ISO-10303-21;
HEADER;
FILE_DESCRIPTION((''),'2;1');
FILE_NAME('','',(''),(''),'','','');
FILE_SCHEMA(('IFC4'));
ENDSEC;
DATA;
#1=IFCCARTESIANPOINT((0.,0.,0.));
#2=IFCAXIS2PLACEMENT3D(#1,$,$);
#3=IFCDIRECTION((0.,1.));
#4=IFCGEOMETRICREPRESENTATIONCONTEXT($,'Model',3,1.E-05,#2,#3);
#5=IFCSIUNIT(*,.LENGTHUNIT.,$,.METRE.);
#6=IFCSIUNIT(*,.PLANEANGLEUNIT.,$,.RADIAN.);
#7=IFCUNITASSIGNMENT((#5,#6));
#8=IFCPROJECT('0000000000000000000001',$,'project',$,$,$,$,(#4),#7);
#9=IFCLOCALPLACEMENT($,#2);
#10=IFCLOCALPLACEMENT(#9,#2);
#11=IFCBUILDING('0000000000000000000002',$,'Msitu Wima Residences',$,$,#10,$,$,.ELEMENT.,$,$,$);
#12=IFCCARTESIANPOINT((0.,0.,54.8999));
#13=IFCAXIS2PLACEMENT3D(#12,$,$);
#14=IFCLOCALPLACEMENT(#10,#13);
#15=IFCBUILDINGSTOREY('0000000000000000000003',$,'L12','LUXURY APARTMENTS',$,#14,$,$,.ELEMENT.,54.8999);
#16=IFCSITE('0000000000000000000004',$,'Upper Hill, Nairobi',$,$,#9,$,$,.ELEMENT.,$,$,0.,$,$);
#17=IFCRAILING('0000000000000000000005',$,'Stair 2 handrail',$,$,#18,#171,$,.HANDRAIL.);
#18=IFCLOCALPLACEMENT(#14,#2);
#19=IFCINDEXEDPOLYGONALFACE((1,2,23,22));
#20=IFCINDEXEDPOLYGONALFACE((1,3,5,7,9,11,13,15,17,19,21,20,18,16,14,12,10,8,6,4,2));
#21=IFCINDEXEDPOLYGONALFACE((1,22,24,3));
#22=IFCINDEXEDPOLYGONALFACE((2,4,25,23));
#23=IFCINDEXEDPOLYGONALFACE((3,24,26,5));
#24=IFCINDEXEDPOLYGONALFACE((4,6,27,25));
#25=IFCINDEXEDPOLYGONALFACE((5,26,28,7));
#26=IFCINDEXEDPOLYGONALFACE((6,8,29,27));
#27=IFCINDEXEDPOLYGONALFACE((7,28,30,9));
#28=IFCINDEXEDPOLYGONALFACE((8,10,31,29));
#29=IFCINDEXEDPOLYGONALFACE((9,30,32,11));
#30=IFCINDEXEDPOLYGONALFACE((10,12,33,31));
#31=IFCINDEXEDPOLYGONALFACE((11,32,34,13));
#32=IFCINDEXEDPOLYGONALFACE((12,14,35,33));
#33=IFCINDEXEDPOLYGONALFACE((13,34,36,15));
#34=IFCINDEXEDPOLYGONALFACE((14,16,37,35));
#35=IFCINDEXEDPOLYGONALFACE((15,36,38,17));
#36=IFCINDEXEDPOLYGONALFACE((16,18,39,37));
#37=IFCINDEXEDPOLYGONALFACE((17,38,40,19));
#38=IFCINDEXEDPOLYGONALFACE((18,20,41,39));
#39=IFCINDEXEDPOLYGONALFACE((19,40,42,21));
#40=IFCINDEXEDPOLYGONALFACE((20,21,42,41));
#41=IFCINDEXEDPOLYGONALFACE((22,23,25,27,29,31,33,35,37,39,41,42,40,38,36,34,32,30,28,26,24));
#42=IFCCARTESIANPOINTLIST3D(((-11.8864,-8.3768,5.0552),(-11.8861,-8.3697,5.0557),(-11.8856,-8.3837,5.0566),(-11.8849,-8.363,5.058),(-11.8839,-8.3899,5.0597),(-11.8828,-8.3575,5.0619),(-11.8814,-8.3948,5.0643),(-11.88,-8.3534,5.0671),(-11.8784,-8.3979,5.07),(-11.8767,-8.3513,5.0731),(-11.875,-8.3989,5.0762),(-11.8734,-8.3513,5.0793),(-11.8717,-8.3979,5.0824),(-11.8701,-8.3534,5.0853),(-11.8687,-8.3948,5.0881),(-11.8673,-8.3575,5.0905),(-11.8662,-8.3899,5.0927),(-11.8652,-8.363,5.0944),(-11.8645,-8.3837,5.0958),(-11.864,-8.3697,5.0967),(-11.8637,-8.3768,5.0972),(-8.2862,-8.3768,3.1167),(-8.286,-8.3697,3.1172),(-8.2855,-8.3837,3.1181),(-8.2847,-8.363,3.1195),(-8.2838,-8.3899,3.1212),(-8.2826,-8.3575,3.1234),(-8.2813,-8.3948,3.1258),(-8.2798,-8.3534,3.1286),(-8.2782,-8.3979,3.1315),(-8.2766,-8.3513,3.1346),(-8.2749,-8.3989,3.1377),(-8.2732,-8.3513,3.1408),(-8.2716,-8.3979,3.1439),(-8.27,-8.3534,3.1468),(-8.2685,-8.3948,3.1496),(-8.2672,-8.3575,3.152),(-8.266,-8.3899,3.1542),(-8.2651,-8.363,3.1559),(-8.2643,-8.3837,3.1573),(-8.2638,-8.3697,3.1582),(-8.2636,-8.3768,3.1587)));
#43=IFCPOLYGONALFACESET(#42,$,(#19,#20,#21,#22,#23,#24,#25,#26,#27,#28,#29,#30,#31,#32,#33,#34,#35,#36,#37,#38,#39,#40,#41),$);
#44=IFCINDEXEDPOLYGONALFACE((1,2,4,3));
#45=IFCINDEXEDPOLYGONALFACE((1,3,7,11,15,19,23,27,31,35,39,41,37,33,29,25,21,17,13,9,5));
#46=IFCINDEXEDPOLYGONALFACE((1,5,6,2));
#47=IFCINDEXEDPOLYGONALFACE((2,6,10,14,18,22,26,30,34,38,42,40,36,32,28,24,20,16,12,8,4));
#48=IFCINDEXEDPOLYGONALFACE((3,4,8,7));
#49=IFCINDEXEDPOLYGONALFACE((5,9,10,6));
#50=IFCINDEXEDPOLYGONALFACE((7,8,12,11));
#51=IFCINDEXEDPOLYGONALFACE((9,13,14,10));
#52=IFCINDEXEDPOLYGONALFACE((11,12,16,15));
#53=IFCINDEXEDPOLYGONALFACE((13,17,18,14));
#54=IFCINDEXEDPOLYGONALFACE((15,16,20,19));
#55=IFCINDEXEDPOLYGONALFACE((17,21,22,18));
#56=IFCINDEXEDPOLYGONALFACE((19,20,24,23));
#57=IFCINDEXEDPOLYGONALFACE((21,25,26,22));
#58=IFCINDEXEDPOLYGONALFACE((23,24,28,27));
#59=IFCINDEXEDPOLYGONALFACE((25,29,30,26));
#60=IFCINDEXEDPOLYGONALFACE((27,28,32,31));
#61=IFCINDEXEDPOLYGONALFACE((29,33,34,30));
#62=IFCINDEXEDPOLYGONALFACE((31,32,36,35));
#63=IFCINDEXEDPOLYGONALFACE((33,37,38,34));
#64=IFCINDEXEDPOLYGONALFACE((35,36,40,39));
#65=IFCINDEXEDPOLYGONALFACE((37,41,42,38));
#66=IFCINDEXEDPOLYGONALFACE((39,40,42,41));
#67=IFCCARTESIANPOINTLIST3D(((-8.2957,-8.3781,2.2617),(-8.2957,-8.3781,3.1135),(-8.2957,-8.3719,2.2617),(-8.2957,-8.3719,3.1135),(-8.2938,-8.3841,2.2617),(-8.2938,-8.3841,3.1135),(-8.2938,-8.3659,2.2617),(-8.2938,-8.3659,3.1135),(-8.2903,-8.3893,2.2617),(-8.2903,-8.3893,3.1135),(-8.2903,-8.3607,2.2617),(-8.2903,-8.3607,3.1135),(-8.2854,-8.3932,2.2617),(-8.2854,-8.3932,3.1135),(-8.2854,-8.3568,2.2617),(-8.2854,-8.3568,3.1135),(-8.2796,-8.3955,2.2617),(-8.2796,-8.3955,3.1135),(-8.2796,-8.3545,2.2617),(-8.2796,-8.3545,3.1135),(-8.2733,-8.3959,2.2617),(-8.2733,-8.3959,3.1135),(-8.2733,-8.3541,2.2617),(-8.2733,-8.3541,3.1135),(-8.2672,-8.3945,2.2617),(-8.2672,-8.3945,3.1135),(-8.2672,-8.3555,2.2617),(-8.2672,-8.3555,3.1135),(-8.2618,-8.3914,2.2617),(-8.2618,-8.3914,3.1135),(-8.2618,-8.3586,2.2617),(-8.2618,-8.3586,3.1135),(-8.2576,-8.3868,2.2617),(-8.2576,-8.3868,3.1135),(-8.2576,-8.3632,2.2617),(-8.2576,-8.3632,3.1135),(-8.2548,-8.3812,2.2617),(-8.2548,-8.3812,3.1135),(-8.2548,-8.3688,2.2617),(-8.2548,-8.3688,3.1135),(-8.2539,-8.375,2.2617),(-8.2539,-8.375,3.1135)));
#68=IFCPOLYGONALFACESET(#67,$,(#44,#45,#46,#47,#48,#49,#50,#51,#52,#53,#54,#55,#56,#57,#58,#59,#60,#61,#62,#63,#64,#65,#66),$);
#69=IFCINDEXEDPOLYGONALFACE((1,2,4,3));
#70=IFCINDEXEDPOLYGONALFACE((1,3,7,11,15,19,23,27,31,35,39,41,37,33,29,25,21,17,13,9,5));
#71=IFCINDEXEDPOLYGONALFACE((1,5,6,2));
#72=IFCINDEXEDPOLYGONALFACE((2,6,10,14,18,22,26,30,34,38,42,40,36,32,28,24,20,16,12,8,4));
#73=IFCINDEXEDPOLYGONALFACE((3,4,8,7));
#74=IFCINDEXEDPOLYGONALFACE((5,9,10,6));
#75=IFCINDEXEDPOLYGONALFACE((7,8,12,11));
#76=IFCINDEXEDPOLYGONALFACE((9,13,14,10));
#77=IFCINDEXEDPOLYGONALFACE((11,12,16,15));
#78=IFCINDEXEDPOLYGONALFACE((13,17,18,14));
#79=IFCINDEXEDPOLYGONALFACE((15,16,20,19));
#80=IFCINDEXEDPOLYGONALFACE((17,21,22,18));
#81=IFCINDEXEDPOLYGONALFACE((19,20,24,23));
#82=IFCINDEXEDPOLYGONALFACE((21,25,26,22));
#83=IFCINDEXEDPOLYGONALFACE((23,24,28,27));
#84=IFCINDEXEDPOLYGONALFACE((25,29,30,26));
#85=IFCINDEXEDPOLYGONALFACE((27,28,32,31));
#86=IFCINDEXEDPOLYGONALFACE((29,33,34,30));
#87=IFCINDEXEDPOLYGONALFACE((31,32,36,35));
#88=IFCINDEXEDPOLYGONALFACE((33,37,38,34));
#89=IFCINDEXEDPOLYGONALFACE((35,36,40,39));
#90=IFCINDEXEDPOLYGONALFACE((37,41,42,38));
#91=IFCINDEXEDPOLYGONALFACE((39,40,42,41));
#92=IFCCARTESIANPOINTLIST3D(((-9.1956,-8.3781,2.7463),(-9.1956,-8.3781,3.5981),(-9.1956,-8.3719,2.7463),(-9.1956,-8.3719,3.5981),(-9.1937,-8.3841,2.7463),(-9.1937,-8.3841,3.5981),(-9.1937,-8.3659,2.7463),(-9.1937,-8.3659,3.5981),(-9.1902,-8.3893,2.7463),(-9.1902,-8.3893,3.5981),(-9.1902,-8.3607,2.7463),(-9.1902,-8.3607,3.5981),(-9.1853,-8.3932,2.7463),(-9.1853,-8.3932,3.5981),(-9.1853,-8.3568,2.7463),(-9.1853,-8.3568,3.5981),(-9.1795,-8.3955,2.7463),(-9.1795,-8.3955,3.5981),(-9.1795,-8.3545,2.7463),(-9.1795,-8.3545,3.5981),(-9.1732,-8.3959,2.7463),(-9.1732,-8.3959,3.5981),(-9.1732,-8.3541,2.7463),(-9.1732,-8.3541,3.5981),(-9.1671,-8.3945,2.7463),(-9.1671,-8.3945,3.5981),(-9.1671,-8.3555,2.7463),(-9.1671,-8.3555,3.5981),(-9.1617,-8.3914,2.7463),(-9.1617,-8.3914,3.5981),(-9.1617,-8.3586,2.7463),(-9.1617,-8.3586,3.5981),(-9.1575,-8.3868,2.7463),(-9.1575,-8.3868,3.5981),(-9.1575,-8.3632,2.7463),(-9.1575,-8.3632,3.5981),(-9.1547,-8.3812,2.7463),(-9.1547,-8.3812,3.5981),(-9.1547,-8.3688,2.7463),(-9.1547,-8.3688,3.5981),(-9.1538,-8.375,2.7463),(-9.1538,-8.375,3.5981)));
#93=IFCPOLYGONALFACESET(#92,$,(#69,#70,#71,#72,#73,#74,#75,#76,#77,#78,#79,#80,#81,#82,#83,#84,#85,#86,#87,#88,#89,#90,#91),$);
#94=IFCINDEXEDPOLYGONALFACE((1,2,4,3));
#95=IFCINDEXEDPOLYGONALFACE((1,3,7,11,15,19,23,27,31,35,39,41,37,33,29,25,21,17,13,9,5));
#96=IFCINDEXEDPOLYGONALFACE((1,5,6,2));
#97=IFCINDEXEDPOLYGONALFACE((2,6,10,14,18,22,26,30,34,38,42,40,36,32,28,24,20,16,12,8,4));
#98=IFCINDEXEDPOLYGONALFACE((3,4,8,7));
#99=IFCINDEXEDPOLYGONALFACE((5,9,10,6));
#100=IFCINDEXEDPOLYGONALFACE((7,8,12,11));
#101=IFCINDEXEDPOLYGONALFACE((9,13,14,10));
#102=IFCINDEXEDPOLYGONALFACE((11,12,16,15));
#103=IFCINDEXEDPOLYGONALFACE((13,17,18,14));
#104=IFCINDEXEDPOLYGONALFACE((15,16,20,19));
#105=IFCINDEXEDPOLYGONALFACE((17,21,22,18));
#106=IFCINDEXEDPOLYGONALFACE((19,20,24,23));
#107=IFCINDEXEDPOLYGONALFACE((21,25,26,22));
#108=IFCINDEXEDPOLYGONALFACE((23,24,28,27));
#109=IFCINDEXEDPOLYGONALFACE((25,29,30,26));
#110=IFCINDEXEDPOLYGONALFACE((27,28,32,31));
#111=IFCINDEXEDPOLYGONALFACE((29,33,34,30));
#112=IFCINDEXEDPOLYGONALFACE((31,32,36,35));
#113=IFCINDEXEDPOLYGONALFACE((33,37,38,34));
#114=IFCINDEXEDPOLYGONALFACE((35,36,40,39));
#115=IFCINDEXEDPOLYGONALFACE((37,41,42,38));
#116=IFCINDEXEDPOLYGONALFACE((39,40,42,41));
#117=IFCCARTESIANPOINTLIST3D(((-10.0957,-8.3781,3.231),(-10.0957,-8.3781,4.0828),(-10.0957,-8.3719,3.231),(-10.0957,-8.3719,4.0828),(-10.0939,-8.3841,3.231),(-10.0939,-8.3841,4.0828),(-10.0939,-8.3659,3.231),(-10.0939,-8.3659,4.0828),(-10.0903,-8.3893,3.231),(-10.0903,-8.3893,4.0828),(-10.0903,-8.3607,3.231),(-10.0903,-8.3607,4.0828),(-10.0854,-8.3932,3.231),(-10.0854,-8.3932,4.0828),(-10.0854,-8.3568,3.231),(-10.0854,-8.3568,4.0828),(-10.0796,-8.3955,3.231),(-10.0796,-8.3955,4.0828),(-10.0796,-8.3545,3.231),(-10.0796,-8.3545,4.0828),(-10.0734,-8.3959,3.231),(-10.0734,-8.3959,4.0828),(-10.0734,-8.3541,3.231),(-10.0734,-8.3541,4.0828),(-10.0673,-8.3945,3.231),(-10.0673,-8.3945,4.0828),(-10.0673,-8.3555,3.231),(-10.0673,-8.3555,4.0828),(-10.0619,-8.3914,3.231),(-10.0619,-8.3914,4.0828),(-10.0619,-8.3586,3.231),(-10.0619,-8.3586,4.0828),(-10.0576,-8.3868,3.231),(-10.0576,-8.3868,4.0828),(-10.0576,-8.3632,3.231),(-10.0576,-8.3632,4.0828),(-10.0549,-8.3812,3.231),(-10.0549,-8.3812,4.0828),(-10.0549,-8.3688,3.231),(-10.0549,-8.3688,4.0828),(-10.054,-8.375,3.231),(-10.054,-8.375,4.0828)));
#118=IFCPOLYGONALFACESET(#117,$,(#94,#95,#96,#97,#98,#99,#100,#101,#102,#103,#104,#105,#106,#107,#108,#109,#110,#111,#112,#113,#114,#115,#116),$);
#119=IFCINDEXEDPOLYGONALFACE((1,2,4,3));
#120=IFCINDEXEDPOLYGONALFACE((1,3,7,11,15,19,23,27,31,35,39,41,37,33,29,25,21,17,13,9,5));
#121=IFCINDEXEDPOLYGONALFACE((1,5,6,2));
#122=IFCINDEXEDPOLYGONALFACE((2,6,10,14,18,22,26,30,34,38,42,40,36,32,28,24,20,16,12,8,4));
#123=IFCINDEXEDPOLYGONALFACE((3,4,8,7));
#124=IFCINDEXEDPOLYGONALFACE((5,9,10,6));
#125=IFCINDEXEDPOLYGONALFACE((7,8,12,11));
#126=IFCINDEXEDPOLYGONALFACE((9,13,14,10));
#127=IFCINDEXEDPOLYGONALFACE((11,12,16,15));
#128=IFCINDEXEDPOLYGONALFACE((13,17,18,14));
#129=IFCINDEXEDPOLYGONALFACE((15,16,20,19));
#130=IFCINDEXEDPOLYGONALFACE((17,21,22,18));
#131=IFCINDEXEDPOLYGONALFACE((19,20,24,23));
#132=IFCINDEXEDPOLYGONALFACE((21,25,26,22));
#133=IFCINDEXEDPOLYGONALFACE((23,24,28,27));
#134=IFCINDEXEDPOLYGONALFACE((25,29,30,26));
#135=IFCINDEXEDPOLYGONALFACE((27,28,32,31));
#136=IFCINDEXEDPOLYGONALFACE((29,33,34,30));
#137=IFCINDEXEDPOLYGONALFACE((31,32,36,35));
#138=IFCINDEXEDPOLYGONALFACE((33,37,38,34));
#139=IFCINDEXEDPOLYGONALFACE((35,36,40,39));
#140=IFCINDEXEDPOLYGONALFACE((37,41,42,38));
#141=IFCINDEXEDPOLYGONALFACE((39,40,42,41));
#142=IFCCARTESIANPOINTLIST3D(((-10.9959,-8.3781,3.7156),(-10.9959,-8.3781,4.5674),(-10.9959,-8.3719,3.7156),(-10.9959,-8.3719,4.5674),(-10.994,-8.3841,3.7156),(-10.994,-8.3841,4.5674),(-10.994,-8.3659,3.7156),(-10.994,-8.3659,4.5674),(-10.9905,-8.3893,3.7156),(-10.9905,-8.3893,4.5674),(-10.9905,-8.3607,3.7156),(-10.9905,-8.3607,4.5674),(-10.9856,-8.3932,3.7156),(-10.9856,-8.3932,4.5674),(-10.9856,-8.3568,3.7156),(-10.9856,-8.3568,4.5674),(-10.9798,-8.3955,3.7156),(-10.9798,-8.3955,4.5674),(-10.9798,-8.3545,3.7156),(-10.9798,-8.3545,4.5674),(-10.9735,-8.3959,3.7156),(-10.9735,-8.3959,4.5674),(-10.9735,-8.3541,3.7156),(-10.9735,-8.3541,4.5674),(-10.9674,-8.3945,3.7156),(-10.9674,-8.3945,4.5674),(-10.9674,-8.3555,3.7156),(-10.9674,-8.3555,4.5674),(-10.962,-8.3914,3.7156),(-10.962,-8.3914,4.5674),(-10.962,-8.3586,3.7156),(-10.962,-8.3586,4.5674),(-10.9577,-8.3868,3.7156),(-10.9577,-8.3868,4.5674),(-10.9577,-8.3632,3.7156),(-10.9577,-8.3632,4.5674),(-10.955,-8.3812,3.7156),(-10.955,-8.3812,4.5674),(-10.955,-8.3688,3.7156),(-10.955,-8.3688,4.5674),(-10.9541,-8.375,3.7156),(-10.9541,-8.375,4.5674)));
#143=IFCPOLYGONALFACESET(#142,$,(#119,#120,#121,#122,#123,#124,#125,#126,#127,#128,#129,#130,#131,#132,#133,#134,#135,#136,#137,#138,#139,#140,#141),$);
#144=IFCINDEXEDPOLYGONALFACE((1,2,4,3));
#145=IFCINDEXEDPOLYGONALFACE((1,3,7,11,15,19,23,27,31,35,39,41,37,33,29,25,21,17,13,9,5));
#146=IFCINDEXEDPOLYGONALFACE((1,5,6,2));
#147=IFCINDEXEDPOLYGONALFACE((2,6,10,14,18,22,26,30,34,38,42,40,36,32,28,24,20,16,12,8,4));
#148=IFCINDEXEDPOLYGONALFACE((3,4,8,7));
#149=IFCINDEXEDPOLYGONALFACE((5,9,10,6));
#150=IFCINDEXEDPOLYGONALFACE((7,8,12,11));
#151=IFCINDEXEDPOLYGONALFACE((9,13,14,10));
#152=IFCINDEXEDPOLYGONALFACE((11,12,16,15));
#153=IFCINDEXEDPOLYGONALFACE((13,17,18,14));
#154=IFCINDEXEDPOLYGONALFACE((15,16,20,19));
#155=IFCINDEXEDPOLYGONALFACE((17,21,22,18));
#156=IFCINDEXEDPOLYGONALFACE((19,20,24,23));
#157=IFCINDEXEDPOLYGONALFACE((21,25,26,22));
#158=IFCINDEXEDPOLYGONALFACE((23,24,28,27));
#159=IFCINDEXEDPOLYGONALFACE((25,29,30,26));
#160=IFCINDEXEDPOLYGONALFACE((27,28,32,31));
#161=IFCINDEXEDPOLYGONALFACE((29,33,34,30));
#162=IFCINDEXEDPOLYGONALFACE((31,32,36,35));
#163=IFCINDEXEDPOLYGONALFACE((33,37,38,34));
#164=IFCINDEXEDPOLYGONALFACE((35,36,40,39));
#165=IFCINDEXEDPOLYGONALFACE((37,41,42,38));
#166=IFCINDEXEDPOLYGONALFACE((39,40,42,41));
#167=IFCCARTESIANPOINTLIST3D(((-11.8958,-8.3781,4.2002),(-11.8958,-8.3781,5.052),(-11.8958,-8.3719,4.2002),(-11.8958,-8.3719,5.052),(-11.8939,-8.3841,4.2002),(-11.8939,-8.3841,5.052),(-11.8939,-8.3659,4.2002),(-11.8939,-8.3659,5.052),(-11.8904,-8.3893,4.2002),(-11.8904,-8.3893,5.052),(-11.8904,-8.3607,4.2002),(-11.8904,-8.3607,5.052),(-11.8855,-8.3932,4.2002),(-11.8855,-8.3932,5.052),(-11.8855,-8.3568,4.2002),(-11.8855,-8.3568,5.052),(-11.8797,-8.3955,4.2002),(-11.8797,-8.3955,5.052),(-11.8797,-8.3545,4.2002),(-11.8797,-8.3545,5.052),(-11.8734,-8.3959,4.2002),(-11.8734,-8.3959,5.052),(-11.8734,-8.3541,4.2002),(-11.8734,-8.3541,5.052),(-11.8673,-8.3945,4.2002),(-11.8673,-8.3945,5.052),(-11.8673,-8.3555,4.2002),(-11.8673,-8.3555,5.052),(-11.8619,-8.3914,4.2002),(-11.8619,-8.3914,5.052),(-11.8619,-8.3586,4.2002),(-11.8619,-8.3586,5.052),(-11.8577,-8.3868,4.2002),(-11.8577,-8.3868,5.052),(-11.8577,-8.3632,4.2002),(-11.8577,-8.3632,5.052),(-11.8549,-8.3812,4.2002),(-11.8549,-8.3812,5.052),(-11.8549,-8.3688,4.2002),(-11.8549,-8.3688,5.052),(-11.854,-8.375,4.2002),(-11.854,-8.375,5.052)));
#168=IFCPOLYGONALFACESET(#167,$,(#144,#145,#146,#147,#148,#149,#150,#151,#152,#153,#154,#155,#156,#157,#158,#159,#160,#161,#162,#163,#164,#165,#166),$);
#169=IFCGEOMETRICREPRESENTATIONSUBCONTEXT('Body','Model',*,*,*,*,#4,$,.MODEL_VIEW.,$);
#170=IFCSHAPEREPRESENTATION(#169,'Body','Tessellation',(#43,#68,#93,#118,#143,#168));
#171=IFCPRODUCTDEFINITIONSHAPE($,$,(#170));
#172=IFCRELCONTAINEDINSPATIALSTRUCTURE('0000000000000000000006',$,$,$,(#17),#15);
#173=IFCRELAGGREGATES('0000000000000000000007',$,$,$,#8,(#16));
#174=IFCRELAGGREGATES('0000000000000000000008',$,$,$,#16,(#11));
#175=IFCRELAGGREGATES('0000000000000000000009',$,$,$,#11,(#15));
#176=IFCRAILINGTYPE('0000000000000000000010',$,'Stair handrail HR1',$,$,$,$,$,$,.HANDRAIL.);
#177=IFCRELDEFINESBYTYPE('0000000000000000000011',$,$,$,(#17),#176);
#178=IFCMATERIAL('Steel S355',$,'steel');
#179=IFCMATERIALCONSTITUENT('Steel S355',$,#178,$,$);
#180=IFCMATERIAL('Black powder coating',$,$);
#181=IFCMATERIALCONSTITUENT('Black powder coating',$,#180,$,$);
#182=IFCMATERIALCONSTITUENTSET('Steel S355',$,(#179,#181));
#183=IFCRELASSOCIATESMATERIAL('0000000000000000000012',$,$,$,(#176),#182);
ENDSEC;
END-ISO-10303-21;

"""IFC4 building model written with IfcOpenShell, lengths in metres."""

from ifc_helpers import new_model, si_unit, direction, frame, origin, origin_2d, place, context, subcontext, project, spatial, circle, extrude, material, constituent, constituent_set, type_object, element, save


model = new_model("IFC4")

# Units and contexts
model_context = context("Model", 3, precision=1e-05, world=origin(), true_north=direction((0.0, 1.0)))
body_context = subcontext(model_context, "Body", "Model", "MODEL_VIEW")
ifc_project = project(units=[si_unit("LENGTHUNIT", "METRE"), si_unit("PLANEANGLEUNIT", "RADIAN")], contexts=[model_context])

# Site, building, storey
site_placement = place(None, origin())
site = spatial("IfcSite", under=ifc_project, at=site_placement, Name="Upper Hill, Nairobi", CompositionType="ELEMENT", RefElevation=0.0)
building_placement = place(site_placement, origin())
building = spatial("IfcBuilding", under=site, at=building_placement, Name="Msitu Wima Residences", CompositionType="ELEMENT")
storey_placement = place(building_placement, frame((0.0, 0.0, 54.8999)))
storey = spatial("IfcBuildingStorey", under=building, at=storey_placement, Name="L12", Description="LUXURY APARTMENTS", CompositionType="ELEMENT", Elevation=54.8999)

# Railing
ifc_material_1 = material(Name="Steel S355", Category="steel")
ifc_constituent_1 = constituent(ifc_material_1, Name="Steel S355")
ifc_material_2 = material(Name="Black powder coating")
ifc_constituent_2 = constituent(ifc_material_2, Name="Black powder coating")
ifc_constituent_set = constituent_set(constituents=[ifc_constituent_1, ifc_constituent_2], Name="Steel S355")
railing_type = type_object("IfcRailingType", Name="Stair handrail HR1", PredefinedType="HANDRAIL", material=ifc_constituent_set)
for number, where, name in (
    (1, (-8.2749, -8.375, 2.2617), "Stair 2 handrail"),
):
    element("IfcRailing", number, at=place(storey_placement, frame(where)), inside=storey, type_object=railing_type, Name=name, PredefinedType="HANDRAIL", context=body_context, shape_type="SweptSolid", body=[
        extrude(circle(Radius=0.0239, at=origin_2d()), frame((0.0, 0.0, 0.876), z_axis=(-0.880475, 0.0, 0.474093), x_axis=(0.0, -1.0, 0.0)), (0.0, 0.0, 1.0), 4.0889),
        extrude(circle(Radius=0.021, at=origin_2d()), origin(), (0.0, 0.0, 1.0), 0.8518),
        extrude(circle(Radius=0.021, at=origin_2d()), frame((-0.8999, 0.0, 0.4846)), (0.0, 0.0, 1.0), 0.8518),
        extrude(circle(Radius=0.021, at=origin_2d()), frame((-1.8, 0.0, 0.9692)), (0.0, 0.0, 1.0), 0.8518),
        extrude(circle(Radius=0.021, at=origin_2d()), frame((-2.7002, 0.0, 1.4539)), (0.0, 0.0, 1.0), 0.8518),
        extrude(circle(Radius=0.021, at=origin_2d()), frame((-3.6001, 0.0, 1.9385)), (0.0, 0.0, 1.0), 0.8518),
    ])

save(model, "model.ifc")
